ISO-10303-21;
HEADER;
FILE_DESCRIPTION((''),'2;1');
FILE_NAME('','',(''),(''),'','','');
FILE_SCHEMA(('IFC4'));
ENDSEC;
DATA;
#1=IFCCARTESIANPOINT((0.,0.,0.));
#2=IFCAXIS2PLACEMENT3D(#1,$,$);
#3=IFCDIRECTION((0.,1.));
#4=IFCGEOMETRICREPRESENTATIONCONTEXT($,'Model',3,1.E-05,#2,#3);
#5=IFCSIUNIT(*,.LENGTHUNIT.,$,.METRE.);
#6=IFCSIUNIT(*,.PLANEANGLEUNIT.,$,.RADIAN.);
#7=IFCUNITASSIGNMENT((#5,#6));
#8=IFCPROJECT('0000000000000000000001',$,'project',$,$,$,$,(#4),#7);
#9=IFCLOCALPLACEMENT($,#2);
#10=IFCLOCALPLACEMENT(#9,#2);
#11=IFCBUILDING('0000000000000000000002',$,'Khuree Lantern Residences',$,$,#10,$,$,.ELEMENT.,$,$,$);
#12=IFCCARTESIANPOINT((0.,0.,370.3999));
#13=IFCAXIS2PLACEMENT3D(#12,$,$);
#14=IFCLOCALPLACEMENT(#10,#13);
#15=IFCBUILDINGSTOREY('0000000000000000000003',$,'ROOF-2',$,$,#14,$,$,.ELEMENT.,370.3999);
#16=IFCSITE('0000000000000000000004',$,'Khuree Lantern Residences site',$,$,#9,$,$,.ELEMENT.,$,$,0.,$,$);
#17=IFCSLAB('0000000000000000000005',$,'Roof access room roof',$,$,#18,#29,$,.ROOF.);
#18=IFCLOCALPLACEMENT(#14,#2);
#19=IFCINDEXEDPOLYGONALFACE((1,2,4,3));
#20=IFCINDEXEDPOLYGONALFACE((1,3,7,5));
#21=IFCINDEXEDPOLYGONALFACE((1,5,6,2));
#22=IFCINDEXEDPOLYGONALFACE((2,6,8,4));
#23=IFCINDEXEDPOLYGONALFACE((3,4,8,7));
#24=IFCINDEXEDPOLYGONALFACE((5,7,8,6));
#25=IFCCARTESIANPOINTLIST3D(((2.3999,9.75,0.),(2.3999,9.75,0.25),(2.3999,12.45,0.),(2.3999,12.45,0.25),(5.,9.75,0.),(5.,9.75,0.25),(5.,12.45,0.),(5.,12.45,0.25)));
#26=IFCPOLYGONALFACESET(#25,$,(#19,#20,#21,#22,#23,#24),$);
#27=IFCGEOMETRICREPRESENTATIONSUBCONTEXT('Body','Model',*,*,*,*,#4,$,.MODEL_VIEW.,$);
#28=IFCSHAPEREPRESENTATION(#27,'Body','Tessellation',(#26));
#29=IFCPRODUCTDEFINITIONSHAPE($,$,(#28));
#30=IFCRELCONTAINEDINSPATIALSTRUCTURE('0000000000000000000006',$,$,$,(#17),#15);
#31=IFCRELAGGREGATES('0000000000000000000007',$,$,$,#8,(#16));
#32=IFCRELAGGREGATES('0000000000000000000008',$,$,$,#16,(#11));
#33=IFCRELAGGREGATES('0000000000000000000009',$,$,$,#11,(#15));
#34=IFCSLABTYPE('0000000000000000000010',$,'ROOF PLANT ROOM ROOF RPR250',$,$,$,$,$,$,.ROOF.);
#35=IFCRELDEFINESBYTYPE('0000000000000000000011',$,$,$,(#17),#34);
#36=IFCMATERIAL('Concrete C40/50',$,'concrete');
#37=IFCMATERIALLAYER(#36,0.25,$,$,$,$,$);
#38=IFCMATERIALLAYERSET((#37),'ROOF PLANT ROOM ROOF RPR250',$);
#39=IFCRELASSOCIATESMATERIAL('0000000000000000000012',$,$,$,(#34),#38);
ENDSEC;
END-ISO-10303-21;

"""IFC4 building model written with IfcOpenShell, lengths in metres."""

from ifc_helpers import new_model, si_unit, direction, frame, origin, place, context, subcontext, project, spatial, polyline, outline, extrude, material, layer, layer_set, type_object, element, save


model = new_model("IFC4")

# Units and contexts
model_context = context("Model", 3, precision=1e-05, world=origin(), true_north=direction((0.0, 1.0)))
body_context = subcontext(model_context, "Body", "Model", "MODEL_VIEW")
ifc_project = project(units=[si_unit("LENGTHUNIT", "METRE"), si_unit("PLANEANGLEUNIT", "RADIAN")], contexts=[model_context])

# Site, building, storey
site_placement = place(None, origin())
site = spatial("IfcSite", under=ifc_project, at=site_placement, Name="Khuree Lantern Residences site", CompositionType="ELEMENT", RefElevation=0.0)
building_placement = place(site_placement, origin())
building = spatial("IfcBuilding", under=site, at=building_placement, Name="Khuree Lantern Residences", CompositionType="ELEMENT")
storey_placement = place(building_placement, frame((0.0, 0.0, 370.3999)))
storey = spatial("IfcBuildingStorey", under=building, at=storey_placement, Name="ROOF-2", CompositionType="ELEMENT", Elevation=370.3999)

# Slab
ifc_material = material(Name="Concrete C40/50", Category="concrete")
ifc_layer = layer(ifc_material, 0.25)
ifc_layer_set = layer_set([ifc_layer], Name="ROOF PLANT ROOM ROOF RPR250")
slab_type = type_object("IfcSlabType", Name="ROOF PLANT ROOM ROOF RPR250", PredefinedType="ROOF", material=ifc_layer_set)
slab_placement = place(storey_placement, origin())
element("IfcSlab", 1, at=slab_placement, inside=storey, type_object=slab_type, Name="Roof access room roof", PredefinedType="ROOF", context=body_context, shape_type="SweptSolid", body=[
    extrude(outline(polyline([(2.3999, 9.75), (5.0, 9.75), (5.0, 12.45), (2.3999, 12.45), (2.3999, 9.75)])), origin(), (0.0, 0.0, 1.0), 0.25),
])

save(model, "model.ifc")
